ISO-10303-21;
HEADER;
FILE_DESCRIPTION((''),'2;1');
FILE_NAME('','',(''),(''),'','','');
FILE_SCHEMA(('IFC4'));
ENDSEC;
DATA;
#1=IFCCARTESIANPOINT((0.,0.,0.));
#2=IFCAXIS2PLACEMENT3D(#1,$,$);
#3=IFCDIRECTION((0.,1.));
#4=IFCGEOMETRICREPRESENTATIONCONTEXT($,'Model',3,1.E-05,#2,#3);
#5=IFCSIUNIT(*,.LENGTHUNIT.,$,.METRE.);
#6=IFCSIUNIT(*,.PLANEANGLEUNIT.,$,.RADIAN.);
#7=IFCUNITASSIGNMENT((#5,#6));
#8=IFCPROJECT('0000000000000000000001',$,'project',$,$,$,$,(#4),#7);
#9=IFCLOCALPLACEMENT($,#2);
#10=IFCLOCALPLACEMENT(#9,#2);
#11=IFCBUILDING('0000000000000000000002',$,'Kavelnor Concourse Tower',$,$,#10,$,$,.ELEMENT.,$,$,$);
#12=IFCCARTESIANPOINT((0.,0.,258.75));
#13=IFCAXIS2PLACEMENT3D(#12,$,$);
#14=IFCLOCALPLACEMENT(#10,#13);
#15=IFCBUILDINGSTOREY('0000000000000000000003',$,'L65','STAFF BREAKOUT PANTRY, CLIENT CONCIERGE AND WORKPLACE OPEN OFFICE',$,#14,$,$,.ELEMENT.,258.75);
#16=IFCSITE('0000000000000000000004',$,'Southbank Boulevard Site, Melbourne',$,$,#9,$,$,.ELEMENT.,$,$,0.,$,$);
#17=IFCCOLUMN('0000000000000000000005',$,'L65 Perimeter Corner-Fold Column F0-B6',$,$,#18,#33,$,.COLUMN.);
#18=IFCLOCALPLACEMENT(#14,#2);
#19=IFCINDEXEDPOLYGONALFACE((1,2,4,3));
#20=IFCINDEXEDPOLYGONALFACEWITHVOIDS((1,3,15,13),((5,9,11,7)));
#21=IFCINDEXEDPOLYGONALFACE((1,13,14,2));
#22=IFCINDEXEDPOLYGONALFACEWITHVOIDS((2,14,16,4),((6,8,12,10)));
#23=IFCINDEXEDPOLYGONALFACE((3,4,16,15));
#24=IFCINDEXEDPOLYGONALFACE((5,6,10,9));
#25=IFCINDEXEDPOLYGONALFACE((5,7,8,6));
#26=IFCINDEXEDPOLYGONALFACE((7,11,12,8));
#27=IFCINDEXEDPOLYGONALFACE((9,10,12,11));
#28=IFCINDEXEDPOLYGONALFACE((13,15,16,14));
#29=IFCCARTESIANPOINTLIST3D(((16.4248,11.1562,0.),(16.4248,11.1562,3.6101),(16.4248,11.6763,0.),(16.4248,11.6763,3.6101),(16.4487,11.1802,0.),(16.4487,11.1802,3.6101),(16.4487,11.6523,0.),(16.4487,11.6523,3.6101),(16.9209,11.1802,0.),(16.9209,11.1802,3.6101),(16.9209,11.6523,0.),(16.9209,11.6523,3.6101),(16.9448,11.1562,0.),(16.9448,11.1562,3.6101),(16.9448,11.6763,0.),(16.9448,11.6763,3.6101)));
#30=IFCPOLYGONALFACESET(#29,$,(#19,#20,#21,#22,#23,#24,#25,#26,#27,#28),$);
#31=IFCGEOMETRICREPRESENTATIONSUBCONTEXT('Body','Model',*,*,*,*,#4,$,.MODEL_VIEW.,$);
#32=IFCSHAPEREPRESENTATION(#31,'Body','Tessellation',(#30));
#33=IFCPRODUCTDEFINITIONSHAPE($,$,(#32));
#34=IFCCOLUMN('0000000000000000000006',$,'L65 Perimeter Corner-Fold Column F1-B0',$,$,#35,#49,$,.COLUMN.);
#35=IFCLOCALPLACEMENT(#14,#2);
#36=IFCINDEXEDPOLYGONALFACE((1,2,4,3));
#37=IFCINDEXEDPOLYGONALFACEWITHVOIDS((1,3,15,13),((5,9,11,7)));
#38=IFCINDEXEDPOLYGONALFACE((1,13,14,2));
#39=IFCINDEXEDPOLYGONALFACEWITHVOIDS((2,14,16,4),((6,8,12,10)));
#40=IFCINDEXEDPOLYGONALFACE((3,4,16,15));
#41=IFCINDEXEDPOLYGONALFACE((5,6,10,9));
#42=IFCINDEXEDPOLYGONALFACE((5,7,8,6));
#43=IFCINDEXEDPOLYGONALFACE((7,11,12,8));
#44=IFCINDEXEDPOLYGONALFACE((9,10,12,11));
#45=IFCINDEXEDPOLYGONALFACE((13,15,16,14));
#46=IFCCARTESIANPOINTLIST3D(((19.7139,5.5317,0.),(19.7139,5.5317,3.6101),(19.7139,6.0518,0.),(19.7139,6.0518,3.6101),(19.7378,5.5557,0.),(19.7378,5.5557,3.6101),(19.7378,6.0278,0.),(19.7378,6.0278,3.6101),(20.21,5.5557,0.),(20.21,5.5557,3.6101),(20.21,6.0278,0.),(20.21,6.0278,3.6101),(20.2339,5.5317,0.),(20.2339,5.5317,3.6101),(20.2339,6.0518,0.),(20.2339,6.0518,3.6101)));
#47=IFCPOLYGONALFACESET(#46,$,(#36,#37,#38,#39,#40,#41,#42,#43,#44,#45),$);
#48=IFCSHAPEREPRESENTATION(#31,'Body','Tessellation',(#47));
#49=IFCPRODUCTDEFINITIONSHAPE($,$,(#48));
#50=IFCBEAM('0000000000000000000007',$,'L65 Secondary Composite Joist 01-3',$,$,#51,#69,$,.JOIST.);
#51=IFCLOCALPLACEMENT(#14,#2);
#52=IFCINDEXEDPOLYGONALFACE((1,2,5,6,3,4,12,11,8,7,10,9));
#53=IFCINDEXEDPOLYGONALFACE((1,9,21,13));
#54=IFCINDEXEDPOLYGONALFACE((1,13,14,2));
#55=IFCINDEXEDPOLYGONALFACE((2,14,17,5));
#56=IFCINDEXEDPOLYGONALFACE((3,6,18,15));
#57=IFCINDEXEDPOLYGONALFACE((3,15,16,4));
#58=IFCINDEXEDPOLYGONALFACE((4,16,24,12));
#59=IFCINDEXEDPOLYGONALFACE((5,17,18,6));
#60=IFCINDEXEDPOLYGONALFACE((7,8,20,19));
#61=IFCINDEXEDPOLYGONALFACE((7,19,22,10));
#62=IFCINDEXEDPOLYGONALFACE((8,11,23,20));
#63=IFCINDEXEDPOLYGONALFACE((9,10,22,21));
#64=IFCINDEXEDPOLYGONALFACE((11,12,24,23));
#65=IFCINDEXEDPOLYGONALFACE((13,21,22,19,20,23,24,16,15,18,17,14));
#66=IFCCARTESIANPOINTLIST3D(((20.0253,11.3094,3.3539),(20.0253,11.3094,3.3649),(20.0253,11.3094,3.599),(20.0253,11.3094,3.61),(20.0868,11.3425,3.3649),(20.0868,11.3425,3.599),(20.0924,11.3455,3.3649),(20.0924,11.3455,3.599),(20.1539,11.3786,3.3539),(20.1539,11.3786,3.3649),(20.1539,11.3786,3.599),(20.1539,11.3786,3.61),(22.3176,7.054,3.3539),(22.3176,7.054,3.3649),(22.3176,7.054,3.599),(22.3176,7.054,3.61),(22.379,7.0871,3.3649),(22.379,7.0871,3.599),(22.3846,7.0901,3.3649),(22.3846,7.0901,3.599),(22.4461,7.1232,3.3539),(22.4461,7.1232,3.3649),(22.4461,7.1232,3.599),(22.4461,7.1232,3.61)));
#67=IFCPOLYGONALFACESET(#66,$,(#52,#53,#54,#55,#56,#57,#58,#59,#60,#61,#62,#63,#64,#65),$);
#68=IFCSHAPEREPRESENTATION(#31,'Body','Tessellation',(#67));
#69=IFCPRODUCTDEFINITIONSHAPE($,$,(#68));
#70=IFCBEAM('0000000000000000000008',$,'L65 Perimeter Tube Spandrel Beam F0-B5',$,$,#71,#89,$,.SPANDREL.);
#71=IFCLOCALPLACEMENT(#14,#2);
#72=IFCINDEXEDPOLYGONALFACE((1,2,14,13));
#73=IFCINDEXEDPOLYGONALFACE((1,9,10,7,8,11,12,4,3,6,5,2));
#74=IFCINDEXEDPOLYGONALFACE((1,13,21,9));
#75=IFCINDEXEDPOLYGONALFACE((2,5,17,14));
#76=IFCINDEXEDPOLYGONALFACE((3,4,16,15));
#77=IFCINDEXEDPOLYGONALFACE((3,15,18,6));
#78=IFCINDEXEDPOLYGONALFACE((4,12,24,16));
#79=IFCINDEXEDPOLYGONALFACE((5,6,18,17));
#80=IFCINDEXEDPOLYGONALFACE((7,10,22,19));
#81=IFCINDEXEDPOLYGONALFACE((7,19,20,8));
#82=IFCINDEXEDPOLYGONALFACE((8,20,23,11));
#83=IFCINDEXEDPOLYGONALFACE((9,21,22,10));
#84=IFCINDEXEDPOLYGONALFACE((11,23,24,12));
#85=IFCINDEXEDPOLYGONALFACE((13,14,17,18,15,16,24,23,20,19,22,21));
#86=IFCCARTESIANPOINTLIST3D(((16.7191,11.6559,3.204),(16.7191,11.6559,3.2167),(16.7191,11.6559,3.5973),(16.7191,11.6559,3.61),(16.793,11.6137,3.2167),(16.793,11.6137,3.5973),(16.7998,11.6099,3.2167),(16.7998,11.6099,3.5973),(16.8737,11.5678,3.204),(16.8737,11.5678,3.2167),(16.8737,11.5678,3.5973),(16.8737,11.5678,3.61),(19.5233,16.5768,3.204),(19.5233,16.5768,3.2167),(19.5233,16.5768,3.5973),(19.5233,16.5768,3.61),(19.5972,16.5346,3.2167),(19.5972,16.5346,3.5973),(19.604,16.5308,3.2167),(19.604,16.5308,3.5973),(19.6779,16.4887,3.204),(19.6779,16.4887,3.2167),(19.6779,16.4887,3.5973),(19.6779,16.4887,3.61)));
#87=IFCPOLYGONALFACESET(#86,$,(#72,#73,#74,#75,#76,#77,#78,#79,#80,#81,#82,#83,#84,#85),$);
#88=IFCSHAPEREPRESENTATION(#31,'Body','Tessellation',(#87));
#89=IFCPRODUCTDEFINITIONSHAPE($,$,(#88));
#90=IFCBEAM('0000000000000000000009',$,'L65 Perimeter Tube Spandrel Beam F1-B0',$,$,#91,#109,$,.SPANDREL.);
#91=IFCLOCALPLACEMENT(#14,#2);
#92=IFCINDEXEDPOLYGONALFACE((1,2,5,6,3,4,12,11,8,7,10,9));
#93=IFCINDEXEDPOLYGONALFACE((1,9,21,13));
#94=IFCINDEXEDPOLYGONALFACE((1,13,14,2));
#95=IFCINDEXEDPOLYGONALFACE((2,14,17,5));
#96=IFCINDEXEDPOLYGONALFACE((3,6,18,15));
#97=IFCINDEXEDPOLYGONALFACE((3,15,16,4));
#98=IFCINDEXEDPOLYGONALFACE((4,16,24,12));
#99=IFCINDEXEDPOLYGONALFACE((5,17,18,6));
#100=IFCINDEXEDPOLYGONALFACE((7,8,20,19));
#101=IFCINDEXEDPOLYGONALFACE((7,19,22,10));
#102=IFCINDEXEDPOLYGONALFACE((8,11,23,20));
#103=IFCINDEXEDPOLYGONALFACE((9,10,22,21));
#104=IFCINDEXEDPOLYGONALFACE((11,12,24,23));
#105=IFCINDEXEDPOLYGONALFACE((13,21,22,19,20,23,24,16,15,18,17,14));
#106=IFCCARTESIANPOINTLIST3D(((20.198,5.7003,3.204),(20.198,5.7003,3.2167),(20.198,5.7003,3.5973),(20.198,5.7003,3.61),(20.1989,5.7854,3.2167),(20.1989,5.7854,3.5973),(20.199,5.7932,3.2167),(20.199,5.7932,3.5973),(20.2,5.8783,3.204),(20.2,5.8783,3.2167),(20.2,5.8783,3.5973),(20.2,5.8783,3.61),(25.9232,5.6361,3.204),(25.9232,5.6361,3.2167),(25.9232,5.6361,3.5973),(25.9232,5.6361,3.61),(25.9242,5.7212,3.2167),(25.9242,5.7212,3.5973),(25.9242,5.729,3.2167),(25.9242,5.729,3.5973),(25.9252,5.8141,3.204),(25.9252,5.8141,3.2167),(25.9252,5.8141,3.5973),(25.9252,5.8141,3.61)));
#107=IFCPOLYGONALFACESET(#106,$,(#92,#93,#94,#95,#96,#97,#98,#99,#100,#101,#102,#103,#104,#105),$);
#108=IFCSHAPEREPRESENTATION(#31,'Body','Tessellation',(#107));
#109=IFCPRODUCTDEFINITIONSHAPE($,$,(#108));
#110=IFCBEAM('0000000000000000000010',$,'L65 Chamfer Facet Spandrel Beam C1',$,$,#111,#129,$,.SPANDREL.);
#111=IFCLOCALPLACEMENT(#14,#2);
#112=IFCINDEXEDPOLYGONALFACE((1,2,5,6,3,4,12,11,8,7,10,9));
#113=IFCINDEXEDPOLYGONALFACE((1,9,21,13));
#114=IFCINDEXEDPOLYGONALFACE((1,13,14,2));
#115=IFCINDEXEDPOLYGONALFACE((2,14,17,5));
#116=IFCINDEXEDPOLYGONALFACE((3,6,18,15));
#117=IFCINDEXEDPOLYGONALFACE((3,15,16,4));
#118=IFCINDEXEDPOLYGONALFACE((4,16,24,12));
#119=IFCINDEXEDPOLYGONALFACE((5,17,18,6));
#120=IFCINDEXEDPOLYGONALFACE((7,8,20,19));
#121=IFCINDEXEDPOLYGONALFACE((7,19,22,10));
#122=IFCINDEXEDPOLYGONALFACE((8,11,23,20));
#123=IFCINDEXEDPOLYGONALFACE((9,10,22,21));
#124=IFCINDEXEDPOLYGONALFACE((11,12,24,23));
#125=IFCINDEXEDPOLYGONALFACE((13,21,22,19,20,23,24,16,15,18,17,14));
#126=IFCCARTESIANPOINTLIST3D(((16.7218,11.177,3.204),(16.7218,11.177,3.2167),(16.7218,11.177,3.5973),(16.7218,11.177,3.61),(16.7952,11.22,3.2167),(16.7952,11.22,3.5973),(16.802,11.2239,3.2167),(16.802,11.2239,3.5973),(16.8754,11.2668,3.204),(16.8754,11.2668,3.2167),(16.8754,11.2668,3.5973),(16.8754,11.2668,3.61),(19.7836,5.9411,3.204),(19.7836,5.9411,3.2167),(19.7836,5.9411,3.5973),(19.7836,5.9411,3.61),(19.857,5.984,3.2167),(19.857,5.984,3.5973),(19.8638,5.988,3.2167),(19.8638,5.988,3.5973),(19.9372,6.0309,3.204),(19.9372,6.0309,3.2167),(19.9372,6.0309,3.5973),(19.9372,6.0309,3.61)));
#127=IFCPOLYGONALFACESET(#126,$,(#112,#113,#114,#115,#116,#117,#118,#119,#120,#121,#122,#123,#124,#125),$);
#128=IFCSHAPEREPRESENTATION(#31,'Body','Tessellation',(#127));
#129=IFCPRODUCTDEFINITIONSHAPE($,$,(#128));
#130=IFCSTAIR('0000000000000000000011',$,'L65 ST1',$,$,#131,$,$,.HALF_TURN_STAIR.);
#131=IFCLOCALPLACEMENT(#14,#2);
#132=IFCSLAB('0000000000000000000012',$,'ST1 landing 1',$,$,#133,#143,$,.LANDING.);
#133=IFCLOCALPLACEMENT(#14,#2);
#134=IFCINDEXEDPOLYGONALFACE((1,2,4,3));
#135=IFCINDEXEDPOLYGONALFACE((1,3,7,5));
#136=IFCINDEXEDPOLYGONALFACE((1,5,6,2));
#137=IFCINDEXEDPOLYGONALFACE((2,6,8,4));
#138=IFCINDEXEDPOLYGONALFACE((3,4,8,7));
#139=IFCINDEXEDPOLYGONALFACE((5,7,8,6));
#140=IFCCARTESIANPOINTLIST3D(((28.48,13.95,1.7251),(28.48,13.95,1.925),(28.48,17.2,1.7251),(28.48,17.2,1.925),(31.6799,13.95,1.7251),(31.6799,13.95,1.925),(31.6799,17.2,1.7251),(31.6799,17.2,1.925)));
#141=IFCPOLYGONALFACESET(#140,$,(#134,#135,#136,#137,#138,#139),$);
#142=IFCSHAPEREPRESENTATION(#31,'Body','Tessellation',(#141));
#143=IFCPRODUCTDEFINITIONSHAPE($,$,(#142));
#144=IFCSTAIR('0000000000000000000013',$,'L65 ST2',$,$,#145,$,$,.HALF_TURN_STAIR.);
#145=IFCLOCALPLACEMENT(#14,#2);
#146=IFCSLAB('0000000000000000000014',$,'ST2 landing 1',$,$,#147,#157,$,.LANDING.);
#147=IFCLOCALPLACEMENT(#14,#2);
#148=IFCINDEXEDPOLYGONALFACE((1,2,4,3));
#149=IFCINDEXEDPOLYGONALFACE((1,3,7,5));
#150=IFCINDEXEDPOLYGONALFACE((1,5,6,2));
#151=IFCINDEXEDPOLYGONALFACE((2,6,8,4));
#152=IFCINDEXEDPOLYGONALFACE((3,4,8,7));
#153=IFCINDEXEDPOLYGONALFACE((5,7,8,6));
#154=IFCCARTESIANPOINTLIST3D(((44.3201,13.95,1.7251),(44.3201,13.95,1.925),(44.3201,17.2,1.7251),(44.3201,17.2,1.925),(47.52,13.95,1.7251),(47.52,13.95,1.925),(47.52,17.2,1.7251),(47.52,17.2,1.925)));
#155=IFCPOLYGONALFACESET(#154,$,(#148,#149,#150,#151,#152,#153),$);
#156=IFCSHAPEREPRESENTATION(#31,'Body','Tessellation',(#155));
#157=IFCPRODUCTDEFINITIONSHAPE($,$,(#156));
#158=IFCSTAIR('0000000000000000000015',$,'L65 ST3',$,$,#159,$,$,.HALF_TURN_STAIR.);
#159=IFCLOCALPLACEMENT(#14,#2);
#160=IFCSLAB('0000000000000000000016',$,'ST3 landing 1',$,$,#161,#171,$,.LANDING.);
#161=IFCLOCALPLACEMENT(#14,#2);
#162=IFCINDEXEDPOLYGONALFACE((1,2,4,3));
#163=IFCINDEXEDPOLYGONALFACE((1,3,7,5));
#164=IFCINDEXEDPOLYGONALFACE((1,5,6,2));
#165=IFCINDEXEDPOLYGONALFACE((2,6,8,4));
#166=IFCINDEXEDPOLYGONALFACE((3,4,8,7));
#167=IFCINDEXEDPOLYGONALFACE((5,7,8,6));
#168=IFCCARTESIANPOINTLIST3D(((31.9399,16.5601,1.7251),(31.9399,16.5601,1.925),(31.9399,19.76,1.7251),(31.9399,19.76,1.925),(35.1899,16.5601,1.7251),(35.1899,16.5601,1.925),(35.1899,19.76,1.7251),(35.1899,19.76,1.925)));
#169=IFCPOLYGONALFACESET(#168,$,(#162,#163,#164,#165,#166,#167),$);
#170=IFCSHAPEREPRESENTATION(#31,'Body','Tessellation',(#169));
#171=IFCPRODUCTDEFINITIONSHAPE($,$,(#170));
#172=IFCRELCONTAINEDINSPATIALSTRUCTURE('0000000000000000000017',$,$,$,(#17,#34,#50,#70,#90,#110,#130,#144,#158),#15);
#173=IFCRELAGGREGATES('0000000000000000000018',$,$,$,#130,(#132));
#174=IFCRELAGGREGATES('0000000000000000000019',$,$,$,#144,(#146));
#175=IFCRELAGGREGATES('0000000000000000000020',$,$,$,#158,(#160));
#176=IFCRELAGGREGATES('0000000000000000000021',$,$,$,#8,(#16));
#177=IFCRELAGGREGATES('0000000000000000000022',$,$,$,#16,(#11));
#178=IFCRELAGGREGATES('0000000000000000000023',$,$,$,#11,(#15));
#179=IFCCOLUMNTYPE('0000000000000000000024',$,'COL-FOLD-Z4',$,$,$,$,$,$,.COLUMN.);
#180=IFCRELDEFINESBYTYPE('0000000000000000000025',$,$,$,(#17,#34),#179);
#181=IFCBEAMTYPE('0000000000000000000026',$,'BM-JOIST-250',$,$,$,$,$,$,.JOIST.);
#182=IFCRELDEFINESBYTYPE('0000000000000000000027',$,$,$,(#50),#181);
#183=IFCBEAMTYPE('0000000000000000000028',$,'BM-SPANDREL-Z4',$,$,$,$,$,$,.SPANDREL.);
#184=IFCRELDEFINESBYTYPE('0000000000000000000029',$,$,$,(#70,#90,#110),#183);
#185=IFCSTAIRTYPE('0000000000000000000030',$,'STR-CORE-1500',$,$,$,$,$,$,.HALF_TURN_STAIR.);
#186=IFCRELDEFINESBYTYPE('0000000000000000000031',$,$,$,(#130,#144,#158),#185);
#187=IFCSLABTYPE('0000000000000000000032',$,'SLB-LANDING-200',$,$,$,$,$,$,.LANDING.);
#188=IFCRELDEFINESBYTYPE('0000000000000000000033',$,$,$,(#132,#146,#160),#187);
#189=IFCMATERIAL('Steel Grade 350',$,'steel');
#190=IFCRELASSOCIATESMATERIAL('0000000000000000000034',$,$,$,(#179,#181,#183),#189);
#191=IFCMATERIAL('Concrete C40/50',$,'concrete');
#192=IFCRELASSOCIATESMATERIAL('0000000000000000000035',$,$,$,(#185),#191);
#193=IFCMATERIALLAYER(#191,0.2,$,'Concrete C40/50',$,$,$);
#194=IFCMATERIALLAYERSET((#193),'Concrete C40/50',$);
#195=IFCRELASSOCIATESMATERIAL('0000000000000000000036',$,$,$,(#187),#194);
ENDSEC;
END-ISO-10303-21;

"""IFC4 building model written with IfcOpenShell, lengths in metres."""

from ifc_helpers import new_model, si_unit, direction, frame, origin, origin_2d, place, context, subcontext, project, spatial, polyline, hollow_rectangle, i_section, outline, extrude, material, layer, layer_set, material_profile, profile_set, type_object, element, aggregate, save


model = new_model("IFC4")

# Units and contexts
model_context = context("Model", 3, precision=1e-05, world=origin(), true_north=direction((0.0, 1.0)))
body_context = subcontext(model_context, "Body", "Model", "MODEL_VIEW")
ifc_project = project(units=[si_unit("LENGTHUNIT", "METRE"), si_unit("PLANEANGLEUNIT", "RADIAN")], contexts=[model_context])

# Site, building, storey
site_placement = place(None, origin())
site = spatial("IfcSite", under=ifc_project, at=site_placement, Name="Southbank Boulevard Site, Melbourne", CompositionType="ELEMENT", RefElevation=0.0)
building_placement = place(site_placement, origin())
building = spatial("IfcBuilding", under=site, at=building_placement, Name="Kavelnor Concourse Tower", CompositionType="ELEMENT")
storey_placement = place(building_placement, frame((0.0, 0.0, 258.75)))
storey = spatial("IfcBuildingStorey", under=building, at=storey_placement, Name="L65", Description="STAFF BREAKOUT PANTRY, CLIENT CONCIERGE AND WORKPLACE OPEN OFFICE", CompositionType="ELEMENT", Elevation=258.75)

# Columns
ifc_material_1 = material(Name="Steel Grade 350", Category="steel")
ifc_material_profile_1 = material_profile(ifc_material_1, hollow_rectangle(XDim=0.52, YDim=0.52, WallThickness=0.0239, at=origin_2d()), Name="SHS 520x520x24")
ifc_profile_set_1 = profile_set([ifc_material_profile_1], Name="Steel Grade 350")
column_type = type_object("IfcColumnType", Name="COL-FOLD-Z4", PredefinedType="COLUMN", material=ifc_profile_set_1)
for number, where, z_axis, x_axis, name in (
    (1, (16.6848, 11.4163, 0.0), (0.0, 0.0, 1.0), (1.0, 0.0, 0.0), "L65 Perimeter Corner-Fold Column F0-B6"),
    (2, (19.9739, 5.7917, 0.0), (0.0, 0.0, 1.0), (1.0, 0.0, 0.0), "L65 Perimeter Corner-Fold Column F1-B0"),
):
    element("IfcColumn", number, at=place(storey_placement, frame(where, z_axis=z_axis, x_axis=x_axis)), inside=storey, type_object=column_type, Name=name, PredefinedType="COLUMN", context=body_context, shape_type="SweptSolid", body=[
        extrude(hollow_rectangle(XDim=0.52, YDim=0.52, WallThickness=0.0239, at=origin_2d()), origin(), (0.0, 0.0, 1.0), 3.6101),
    ])

# Beams
ifc_material_profile_2 = material_profile(ifc_material_1, i_section(OverallWidth=0.146, OverallDepth=0.2561, WebThickness=0.0063, FlangeThickness=0.011, at=origin_2d()), Name="250UB37")
ifc_profile_set_2 = profile_set([ifc_material_profile_2], Name="Steel Grade 350")
beam_type_1 = type_object("IfcBeamType", Name="BM-JOIST-250", PredefinedType="JOIST", material=ifc_profile_set_2)
beam_1_placement = place(storey_placement, frame((20.0896, 11.344, 3.4819), z_axis=(0.474241, -0.880395, 0.0), x_axis=(0.880395, 0.474241, 0.0)))
element("IfcBeam", 3, at=beam_1_placement, inside=storey, type_object=beam_type_1, Name="L65 Secondary Composite Joist 01-3", PredefinedType="JOIST", context=body_context, shape_type="SweptSolid", body=[
    extrude(i_section(OverallWidth=0.146, OverallDepth=0.2561, WebThickness=0.0063, FlangeThickness=0.011, at=origin_2d()), origin(), (0.0, 0.0, 1.0), 4.8335),
])
ifc_material_profile_3 = material_profile(ifc_material_1, i_section(OverallWidth=0.178, OverallDepth=0.406, WebThickness=0.0078, FlangeThickness=0.0127, at=origin_2d()), Name="410UB59")
ifc_profile_set_3 = profile_set([ifc_material_profile_3], Name="Steel Grade 350")
beam_type_2 = type_object("IfcBeamType", Name="BM-SPANDREL-Z4", PredefinedType="SPANDREL", material=ifc_profile_set_3)
beam_2_placement = place(storey_placement, frame((19.6006, 16.5327, 3.407), z_axis=(-0.495108, -0.868831, 0.0), x_axis=(0.868831, -0.495108, 0.0)))
element("IfcBeam", 4, at=beam_2_placement, inside=storey, type_object=beam_type_2, Name="L65 Perimeter Tube Spandrel Beam F0-B5", PredefinedType="SPANDREL", context=body_context, shape_type="SweptSolid", body=[
    extrude(i_section(OverallWidth=0.178, OverallDepth=0.406, WebThickness=0.0078, FlangeThickness=0.0127, at=origin_2d()), origin(), (0.0, 0.0, 1.0), 5.6638),
])
beam_3_placement = place(storey_placement, frame((20.199, 5.7893, 3.407), z_axis=(0.999937, -0.011214, 0.0), x_axis=(0.011214, 0.999937, 0.0)))
element("IfcBeam", 5, at=beam_3_placement, inside=storey, type_object=beam_type_2, Name="L65 Perimeter Tube Spandrel Beam F1-B0", PredefinedType="SPANDREL", context=body_context, shape_type="SweptSolid", body=[
    extrude(i_section(OverallWidth=0.178, OverallDepth=0.406, WebThickness=0.0078, FlangeThickness=0.0127, at=origin_2d()), origin(), (0.0, 0.0, 1.0), 5.7256),
])
beam_4_placement = place(storey_placement, frame((16.7986, 11.2219, 3.407), z_axis=(0.504797, -0.863238, 0.0), x_axis=(0.863238, 0.504797, 0.0)))
element("IfcBeam", 6, at=beam_4_placement, inside=storey, type_object=beam_type_2, Name="L65 Chamfer Facet Spandrel Beam C1", PredefinedType="SPANDREL", context=body_context, shape_type="SweptSolid", body=[
    extrude(i_section(OverallWidth=0.178, OverallDepth=0.406, WebThickness=0.0078, FlangeThickness=0.0127, at=origin_2d()), origin(), (0.0, 0.0, 1.0), 6.0654),
])

# Stairs, slabs
ifc_material_2 = material(Name="Concrete C40/50", Category="concrete")
stair_type = type_object("IfcStairType", Name="STR-CORE-1500", PredefinedType="HALF_TURN_STAIR", material=ifc_material_2)
stair_1_placement = place(storey_placement, origin())
stair_1 = element("IfcStair", 7, at=stair_1_placement, inside=storey, type_object=stair_type, Name="L65 ST1", PredefinedType="HALF_TURN_STAIR")
ifc_layer_1 = layer(ifc_material_2, 0.2, Name="Concrete C40/50")
ifc_layer_set_1 = layer_set([ifc_layer_1], Name="Concrete C40/50")
slab_type_1 = type_object("IfcSlabType", Name="SLB-LANDING-200", PredefinedType="LANDING", material=ifc_layer_set_1)
slab_1_placement = place(storey_placement, frame((0.0, 0.0, 1.7251)))
slab_1 = element("IfcSlab", 8, at=slab_1_placement, type_object=slab_type_1, Name="ST1 landing 1", PredefinedType="LANDING", context=body_context, shape_type="SweptSolid", body=[
    extrude(outline(polyline([(31.6799, 13.95), (31.6799, 17.2), (28.48, 17.2), (28.48, 13.95), (31.6799, 13.95)])), origin(), (0.0, 0.0, 1.0), 0.2),
])
aggregate(stair_1, [slab_1])
stair_2_placement = place(storey_placement, origin())
stair_2 = element("IfcStair", 9, at=stair_2_placement, inside=storey, type_object=stair_type, Name="L65 ST2", PredefinedType="HALF_TURN_STAIR")
slab_2_placement = place(storey_placement, frame((0.0, 0.0, 1.7251)))
slab_2 = element("IfcSlab", 10, at=slab_2_placement, type_object=slab_type_1, Name="ST2 landing 1", PredefinedType="LANDING", context=body_context, shape_type="SweptSolid", body=[
    extrude(outline(polyline([(47.52, 13.95), (47.52, 17.2), (44.3201, 17.2), (44.3201, 13.95), (47.52, 13.95)])), origin(), (0.0, 0.0, 1.0), 0.2),
])
aggregate(stair_2, [slab_2])
stair_3_placement = place(storey_placement, origin())
stair_3 = element("IfcStair", 11, at=stair_3_placement, inside=storey, type_object=stair_type, Name="L65 ST3", PredefinedType="HALF_TURN_STAIR")
slab_3_placement = place(storey_placement, frame((0.0, 0.0, 1.7251)))
slab_3 = element("IfcSlab", 12, at=slab_3_placement, type_object=slab_type_1, Name="ST3 landing 1", PredefinedType="LANDING", context=body_context, shape_type="SweptSolid", body=[
    extrude(outline(polyline([(35.1899, 19.76), (31.9399, 19.76), (31.9399, 16.5601), (35.1899, 16.5601), (35.1899, 19.76)])), origin(), (0.0, 0.0, 1.0), 0.2),
])
aggregate(stair_3, [slab_3])

save(model, "model.ifc")
